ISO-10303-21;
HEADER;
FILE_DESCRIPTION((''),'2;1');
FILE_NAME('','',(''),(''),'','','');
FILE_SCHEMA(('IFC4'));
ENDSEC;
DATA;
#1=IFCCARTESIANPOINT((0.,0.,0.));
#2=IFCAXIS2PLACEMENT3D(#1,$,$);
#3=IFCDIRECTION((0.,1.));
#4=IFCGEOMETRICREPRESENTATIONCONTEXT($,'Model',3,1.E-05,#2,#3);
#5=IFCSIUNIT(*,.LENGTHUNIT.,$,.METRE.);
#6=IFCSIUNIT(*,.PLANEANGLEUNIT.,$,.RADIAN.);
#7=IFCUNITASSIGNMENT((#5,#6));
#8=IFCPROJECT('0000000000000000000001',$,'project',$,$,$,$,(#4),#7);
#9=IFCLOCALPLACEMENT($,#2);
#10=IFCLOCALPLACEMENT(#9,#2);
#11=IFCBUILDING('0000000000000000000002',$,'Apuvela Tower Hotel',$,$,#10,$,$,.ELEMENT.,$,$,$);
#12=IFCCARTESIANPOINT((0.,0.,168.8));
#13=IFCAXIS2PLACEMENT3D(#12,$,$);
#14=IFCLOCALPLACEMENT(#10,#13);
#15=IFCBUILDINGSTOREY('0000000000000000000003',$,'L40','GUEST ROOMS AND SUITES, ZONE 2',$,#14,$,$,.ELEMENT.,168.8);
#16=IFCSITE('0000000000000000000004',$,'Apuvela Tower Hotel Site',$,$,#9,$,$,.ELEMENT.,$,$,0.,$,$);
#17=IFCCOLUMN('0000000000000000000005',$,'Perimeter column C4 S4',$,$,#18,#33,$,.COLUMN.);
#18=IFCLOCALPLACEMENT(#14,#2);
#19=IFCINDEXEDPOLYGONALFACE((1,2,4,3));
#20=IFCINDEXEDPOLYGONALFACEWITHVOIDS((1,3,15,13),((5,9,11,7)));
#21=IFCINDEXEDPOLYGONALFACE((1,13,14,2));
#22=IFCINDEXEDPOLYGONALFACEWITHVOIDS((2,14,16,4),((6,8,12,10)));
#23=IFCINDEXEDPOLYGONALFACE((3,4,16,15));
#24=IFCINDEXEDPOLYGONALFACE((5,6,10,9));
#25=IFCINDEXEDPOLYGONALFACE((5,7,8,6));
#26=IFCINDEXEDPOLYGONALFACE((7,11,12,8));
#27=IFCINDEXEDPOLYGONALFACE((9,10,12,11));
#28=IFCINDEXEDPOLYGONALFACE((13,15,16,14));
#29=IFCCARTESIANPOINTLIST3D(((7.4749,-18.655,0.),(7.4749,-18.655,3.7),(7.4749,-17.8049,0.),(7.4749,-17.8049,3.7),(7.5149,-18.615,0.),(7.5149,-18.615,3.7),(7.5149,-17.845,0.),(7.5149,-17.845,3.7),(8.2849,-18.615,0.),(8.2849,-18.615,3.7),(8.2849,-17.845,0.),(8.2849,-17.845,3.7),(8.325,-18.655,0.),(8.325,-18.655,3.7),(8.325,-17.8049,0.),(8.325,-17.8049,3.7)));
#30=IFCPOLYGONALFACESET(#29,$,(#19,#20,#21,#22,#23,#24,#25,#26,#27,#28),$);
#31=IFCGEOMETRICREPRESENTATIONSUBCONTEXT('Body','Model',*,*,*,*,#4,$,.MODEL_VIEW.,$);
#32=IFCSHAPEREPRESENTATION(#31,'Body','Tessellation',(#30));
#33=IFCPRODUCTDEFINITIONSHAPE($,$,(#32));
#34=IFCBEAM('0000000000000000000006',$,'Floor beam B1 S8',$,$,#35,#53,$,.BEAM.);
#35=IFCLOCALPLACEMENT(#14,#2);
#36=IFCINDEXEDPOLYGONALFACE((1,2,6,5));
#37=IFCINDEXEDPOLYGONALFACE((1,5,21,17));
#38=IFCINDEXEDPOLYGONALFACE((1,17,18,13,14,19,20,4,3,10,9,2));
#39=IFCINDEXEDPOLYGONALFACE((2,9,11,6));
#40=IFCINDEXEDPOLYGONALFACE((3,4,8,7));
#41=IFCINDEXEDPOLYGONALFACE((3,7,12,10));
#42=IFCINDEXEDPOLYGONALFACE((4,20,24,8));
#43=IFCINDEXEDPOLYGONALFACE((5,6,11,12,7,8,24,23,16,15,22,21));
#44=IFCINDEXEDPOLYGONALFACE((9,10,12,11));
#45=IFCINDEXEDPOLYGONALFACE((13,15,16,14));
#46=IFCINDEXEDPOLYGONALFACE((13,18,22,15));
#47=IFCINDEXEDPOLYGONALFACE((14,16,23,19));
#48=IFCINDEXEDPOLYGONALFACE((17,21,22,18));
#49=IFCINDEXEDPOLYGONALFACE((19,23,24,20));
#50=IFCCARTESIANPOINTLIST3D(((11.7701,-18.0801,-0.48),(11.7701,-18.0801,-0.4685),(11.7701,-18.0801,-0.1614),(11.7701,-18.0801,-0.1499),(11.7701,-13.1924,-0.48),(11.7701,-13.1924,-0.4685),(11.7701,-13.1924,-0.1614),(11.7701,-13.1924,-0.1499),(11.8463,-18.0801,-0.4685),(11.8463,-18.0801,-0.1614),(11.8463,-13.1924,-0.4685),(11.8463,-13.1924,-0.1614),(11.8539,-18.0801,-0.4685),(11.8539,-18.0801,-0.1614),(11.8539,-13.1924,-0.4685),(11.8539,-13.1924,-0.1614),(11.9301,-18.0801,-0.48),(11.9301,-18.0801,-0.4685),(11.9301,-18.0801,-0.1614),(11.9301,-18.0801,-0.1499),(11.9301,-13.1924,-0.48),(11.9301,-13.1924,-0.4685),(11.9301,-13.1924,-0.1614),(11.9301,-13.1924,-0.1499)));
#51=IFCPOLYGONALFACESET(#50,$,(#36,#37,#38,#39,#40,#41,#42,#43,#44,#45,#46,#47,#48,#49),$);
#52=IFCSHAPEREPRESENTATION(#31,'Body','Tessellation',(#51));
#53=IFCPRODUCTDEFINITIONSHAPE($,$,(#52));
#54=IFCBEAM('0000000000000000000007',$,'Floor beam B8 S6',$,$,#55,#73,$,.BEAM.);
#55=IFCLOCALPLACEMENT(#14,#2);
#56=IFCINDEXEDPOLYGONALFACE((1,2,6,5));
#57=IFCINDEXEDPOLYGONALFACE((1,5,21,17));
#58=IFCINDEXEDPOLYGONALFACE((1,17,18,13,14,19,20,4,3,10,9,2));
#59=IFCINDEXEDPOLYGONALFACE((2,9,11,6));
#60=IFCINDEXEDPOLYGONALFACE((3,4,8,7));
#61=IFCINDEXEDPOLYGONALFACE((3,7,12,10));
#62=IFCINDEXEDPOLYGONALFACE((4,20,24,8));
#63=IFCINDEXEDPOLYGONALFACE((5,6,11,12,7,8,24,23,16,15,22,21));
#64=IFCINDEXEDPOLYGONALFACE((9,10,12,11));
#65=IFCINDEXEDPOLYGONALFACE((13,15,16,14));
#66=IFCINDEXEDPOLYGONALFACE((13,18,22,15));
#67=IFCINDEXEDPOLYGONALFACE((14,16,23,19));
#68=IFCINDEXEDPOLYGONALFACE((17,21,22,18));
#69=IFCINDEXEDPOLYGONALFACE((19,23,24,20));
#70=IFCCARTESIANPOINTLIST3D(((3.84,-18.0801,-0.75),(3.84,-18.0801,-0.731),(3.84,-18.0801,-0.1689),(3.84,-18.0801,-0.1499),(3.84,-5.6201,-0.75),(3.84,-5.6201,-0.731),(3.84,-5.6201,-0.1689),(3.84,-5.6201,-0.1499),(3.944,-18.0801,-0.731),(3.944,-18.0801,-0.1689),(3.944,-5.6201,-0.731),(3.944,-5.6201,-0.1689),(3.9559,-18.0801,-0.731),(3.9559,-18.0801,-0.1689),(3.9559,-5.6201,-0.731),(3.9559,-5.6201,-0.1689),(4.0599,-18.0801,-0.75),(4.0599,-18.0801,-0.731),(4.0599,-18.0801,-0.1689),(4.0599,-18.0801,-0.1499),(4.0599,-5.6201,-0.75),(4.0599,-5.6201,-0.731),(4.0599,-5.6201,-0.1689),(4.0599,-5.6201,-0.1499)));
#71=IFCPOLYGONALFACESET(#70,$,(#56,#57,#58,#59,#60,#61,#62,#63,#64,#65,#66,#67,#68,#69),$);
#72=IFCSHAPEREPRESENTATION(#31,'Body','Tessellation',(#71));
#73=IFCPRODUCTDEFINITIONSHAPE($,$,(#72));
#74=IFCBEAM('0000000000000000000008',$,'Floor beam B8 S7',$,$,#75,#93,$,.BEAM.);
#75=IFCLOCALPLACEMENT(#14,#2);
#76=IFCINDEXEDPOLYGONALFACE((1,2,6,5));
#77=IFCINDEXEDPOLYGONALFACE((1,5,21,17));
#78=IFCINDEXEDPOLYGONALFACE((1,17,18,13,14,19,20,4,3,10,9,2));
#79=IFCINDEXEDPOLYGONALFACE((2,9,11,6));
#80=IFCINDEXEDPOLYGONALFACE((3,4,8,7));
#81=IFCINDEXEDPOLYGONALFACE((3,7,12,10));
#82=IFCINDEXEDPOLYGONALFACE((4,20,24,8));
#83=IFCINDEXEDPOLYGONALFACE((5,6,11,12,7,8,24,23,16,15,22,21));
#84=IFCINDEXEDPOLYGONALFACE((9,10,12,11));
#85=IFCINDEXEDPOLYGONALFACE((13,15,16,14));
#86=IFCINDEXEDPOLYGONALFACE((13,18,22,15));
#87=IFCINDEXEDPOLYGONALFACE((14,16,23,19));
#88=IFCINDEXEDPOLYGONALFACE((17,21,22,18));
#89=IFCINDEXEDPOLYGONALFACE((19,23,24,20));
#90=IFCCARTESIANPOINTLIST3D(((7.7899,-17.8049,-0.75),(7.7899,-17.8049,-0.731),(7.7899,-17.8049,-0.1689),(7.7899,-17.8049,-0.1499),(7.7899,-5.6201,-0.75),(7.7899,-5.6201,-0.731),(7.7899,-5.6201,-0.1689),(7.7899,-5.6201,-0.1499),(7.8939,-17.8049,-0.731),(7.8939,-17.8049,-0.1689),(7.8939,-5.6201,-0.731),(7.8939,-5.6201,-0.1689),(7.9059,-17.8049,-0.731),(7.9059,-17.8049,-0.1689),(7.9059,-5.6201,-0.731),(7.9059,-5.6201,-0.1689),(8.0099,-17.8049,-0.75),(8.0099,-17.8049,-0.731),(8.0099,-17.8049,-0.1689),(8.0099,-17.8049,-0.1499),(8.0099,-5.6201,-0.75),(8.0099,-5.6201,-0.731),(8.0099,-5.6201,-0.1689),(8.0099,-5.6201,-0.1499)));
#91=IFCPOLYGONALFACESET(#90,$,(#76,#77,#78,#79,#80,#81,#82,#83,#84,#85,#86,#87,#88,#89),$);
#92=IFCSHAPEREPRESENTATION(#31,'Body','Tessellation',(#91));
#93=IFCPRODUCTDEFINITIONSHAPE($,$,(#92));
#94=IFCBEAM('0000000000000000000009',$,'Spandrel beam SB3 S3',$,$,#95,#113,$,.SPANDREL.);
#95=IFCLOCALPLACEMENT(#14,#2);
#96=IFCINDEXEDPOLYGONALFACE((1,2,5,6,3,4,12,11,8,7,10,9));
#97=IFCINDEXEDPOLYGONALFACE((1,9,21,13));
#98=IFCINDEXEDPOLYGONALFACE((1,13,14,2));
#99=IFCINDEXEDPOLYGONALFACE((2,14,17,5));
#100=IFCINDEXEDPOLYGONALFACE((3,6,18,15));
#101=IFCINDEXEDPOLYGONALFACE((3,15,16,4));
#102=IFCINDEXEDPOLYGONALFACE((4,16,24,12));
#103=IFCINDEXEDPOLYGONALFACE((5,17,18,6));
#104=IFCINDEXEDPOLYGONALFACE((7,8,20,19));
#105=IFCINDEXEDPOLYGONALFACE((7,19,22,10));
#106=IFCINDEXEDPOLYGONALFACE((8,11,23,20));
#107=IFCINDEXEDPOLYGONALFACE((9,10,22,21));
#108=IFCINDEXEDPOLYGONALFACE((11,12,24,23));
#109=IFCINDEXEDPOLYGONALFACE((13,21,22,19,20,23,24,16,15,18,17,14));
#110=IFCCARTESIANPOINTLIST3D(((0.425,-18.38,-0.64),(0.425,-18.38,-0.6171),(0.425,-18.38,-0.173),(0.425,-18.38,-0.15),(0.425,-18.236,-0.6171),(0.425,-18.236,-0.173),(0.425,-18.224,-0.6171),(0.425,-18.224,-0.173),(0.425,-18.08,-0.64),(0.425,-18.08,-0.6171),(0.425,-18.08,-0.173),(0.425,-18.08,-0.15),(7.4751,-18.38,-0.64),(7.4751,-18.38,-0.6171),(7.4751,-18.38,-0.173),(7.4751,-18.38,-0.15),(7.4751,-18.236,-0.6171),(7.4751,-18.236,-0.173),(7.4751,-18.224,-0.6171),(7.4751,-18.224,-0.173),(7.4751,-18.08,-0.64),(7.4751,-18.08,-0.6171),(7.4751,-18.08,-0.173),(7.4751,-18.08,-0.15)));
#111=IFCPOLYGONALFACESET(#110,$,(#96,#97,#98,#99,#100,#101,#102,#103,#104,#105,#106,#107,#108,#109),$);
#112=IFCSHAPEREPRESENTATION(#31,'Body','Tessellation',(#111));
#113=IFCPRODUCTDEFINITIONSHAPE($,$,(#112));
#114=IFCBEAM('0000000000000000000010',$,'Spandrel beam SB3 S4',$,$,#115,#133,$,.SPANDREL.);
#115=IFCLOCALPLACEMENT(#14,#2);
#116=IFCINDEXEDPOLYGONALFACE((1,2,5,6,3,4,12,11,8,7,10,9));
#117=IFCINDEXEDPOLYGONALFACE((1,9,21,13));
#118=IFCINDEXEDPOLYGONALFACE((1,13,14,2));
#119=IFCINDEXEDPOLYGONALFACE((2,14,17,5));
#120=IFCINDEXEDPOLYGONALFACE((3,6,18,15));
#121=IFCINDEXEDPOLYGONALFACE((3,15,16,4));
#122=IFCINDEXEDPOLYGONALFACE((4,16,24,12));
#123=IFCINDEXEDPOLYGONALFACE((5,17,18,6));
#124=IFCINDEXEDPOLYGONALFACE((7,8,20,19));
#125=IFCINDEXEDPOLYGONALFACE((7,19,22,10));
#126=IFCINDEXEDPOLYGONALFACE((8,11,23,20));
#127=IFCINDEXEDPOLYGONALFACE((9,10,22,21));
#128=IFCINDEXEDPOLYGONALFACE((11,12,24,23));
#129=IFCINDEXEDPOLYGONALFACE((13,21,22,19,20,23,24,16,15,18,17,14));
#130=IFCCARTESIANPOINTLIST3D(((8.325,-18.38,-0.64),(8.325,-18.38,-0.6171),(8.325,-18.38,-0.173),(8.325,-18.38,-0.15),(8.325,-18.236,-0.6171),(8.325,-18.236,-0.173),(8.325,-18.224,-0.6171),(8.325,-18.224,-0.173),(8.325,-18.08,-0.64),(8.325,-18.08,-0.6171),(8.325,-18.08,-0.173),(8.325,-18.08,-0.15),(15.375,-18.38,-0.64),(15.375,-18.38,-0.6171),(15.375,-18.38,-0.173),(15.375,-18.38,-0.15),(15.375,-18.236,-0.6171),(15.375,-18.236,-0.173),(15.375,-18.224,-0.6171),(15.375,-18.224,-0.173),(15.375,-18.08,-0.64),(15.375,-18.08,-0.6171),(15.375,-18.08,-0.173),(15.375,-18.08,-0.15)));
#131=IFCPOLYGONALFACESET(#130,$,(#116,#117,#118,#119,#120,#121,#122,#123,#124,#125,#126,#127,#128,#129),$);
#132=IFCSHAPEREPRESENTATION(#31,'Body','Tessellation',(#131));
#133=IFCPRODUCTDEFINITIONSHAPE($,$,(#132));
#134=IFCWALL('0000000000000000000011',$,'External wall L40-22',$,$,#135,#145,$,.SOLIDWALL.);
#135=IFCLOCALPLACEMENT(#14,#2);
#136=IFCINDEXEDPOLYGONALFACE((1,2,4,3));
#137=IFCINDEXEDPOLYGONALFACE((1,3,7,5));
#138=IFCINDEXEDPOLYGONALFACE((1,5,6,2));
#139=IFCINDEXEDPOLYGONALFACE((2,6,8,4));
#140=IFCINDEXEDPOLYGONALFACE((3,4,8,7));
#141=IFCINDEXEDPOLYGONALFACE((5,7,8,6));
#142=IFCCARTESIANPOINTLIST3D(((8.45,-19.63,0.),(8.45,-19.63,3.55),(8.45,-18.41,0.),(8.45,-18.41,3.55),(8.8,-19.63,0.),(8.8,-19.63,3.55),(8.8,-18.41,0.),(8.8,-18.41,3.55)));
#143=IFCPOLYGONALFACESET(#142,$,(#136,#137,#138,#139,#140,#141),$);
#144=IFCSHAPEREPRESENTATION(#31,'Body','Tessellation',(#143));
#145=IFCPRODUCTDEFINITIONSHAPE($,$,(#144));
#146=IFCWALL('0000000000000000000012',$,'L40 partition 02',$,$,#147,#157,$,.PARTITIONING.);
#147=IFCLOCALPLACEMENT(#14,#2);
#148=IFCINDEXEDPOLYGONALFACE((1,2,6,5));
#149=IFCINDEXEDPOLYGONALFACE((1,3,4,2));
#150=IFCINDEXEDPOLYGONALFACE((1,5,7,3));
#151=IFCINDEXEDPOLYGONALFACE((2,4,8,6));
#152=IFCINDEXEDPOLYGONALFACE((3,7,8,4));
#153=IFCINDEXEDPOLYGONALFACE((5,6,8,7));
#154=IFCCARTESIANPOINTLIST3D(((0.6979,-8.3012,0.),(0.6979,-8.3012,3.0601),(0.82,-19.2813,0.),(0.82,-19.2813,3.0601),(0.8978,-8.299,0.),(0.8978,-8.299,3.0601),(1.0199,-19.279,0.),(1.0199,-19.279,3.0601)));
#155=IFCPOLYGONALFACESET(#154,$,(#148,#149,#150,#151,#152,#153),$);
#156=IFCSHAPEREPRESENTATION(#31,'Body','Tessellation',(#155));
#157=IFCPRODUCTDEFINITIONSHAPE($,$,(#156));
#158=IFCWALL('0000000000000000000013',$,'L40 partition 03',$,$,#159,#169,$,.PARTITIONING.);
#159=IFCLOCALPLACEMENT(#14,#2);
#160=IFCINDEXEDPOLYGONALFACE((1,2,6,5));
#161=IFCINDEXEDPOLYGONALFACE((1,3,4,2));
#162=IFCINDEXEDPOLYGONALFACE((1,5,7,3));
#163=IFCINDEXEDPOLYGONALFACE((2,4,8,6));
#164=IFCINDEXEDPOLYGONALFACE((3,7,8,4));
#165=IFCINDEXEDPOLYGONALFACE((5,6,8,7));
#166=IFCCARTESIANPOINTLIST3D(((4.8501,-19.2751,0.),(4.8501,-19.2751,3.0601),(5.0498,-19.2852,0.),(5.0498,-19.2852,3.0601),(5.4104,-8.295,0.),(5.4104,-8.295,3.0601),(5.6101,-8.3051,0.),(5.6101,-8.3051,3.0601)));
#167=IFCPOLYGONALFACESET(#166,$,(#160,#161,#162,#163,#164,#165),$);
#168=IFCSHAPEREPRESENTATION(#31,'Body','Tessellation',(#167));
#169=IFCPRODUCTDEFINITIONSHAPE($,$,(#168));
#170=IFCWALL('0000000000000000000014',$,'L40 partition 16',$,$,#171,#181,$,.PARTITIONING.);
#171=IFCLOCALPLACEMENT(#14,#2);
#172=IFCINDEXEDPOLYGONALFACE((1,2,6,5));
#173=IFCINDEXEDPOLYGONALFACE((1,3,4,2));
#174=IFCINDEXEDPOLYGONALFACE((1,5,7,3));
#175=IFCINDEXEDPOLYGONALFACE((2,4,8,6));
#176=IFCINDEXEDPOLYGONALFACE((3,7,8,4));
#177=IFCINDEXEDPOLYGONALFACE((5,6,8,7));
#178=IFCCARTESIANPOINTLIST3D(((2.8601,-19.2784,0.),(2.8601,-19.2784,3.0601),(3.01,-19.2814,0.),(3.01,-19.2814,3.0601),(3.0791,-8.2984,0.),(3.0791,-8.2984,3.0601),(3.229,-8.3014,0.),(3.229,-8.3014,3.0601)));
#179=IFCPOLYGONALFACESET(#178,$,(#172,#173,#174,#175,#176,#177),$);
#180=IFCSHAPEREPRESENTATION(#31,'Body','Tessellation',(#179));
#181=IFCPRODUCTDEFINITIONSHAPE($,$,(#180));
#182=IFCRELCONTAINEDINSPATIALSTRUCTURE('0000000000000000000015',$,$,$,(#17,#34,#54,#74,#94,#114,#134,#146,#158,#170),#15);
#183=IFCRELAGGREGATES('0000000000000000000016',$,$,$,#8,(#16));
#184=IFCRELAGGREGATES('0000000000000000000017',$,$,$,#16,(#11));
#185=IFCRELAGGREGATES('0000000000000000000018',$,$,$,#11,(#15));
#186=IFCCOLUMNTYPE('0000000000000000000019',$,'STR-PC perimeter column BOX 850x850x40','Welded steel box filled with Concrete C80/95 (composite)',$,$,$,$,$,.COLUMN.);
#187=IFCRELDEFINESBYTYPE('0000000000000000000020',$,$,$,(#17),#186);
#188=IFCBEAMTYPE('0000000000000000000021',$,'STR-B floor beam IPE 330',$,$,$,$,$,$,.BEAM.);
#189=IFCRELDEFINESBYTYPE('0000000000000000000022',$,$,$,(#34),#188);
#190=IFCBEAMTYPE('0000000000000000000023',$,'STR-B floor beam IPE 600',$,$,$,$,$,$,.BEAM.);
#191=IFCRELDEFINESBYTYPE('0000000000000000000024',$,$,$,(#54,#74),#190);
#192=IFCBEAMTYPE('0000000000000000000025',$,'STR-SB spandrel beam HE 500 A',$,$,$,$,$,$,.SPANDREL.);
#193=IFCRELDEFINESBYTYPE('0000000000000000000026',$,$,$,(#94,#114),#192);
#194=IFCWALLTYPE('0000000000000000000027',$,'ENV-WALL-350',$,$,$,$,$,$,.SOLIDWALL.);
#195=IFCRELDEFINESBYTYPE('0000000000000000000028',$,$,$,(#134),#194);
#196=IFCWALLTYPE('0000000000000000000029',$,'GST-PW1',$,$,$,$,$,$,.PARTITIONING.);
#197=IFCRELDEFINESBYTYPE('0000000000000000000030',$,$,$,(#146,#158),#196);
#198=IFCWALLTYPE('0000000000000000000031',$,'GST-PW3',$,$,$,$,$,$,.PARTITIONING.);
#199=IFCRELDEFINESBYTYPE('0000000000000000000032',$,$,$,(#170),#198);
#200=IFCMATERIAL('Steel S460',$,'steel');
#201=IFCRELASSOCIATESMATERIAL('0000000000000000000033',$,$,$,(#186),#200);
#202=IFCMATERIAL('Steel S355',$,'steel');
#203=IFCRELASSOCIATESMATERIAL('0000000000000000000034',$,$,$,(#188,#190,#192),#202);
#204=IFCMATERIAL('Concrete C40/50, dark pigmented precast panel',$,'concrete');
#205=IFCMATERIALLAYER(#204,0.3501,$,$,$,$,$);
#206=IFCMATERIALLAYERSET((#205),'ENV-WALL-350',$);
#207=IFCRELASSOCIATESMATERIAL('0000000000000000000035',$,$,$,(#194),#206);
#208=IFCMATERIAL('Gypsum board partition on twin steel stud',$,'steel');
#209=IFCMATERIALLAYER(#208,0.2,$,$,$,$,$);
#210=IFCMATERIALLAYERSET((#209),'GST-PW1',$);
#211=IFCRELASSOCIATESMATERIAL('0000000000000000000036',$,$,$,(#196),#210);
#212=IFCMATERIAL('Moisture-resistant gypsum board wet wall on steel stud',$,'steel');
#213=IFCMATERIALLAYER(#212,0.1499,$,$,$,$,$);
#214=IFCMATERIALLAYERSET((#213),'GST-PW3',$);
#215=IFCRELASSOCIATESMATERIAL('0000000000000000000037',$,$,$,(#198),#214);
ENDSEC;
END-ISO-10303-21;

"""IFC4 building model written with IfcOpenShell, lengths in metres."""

from ifc_helpers import new_model, si_unit, direction, frame, frame_2d, origin, origin_2d, place, context, subcontext, project, spatial, rectangle, hollow_rectangle, i_section, extrude, material, layer, layer_set, material_profile, profile_set, type_object, element, save


model = new_model("IFC4")

# Units and contexts
model_context = context("Model", 3, precision=1e-05, world=origin(), true_north=direction((0.0, 1.0)))
body_context = subcontext(model_context, "Body", "Model", "MODEL_VIEW")
ifc_project = project(units=[si_unit("LENGTHUNIT", "METRE"), si_unit("PLANEANGLEUNIT", "RADIAN")], contexts=[model_context])

# Site, building, storey
site_placement = place(None, origin())
site = spatial("IfcSite", under=ifc_project, at=site_placement, Name="Apuvela Tower Hotel Site", CompositionType="ELEMENT", RefElevation=0.0)
building_placement = place(site_placement, origin())
building = spatial("IfcBuilding", under=site, at=building_placement, Name="Apuvela Tower Hotel", CompositionType="ELEMENT")
storey_placement = place(building_placement, frame((0.0, 0.0, 168.8)))
storey = spatial("IfcBuildingStorey", under=building, at=storey_placement, Name="L40", Description="GUEST ROOMS AND SUITES, ZONE 2", CompositionType="ELEMENT", Elevation=168.8)

# Column
ifc_material_1 = material(Name="Steel S460", Category="steel")
ifc_material_profile_1 = material_profile(ifc_material_1, hollow_rectangle(XDim=0.8501, YDim=0.8501, WallThickness=0.04, at=origin_2d()), Name="BOX 850x850x40")
ifc_material_2 = material(Name="Concrete C80/95", Category="concrete")
ifc_material_profile_2 = material_profile(ifc_material_2, rectangle(XDim=0.77, YDim=0.77, at=origin_2d()), Name="Concrete C80/95 infill")
ifc_profile_set_1 = profile_set([ifc_material_profile_1, ifc_material_profile_2], Name="Steel S460")
column_type = type_object("IfcColumnType", Name="STR-PC perimeter column BOX 850x850x40", Description="Welded steel box filled with Concrete C80/95 (composite)", PredefinedType="COLUMN", material=ifc_profile_set_1)
column_placement = place(storey_placement, frame((7.8999, -18.23, 0.0), z_axis=(0.0, 0.0, 1.0), x_axis=(-1.0, 0.0, 0.0)))
element("IfcColumn", 1, at=column_placement, inside=storey, type_object=column_type, Name="Perimeter column C4 S4", PredefinedType="COLUMN", context=body_context, shape_type="SweptSolid", body=[
    extrude(hollow_rectangle(XDim=0.8501, YDim=0.8501, WallThickness=0.04, at=origin_2d()), origin(), (0.0, 0.0, 1.0), 3.7),
])

# Beams
ifc_material_3 = material(Name="Steel S355", Category="steel")
ifc_material_profile_3 = material_profile(ifc_material_3, i_section(OverallWidth=0.1599, OverallDepth=0.3301, WebThickness=0.0076, FlangeThickness=0.0115, at=origin_2d()), Name="IPE 330")
ifc_profile_set_2 = profile_set([ifc_material_profile_3], Name="Steel S355")
beam_type_1 = type_object("IfcBeamType", Name="STR-B floor beam IPE 330", PredefinedType="BEAM", material=ifc_profile_set_2)
beam_1_placement = place(storey_placement, frame((11.8501, -18.0801, -0.3149), z_axis=(0.0, 1.0, 0.0), x_axis=(-1.0, 0.0, 0.0)))
element("IfcBeam", 2, at=beam_1_placement, inside=storey, type_object=beam_type_1, Name="Floor beam B1 S8", PredefinedType="BEAM", context=body_context, shape_type="SweptSolid", body=[
    extrude(i_section(OverallWidth=0.1599, OverallDepth=0.3301, WebThickness=0.0076, FlangeThickness=0.0115, at=origin_2d()), origin(), (0.0, 0.0, 1.0), 4.8877),
])
ifc_material_profile_4 = material_profile(ifc_material_3, i_section(OverallWidth=0.22, OverallDepth=0.6001, WebThickness=0.012, FlangeThickness=0.019, at=origin_2d()), Name="IPE 600")
ifc_profile_set_3 = profile_set([ifc_material_profile_4], Name="Steel S355")
beam_type_2 = type_object("IfcBeamType", Name="STR-B floor beam IPE 600", PredefinedType="BEAM", material=ifc_profile_set_3)
beam_2_placement = place(storey_placement, frame((3.95, -18.0801, -0.45), z_axis=(0.0, 1.0, 0.0), x_axis=(-1.0, 0.0, 0.0)))
element("IfcBeam", 3, at=beam_2_placement, inside=storey, type_object=beam_type_2, Name="Floor beam B8 S6", PredefinedType="BEAM", context=body_context, shape_type="SweptSolid", body=[
    extrude(i_section(OverallWidth=0.22, OverallDepth=0.6001, WebThickness=0.012, FlangeThickness=0.019, at=origin_2d()), origin(), (0.0, 0.0, 1.0), 12.46),
])
beam_3_placement = place(storey_placement, frame((7.8999, -17.8049, -0.45), z_axis=(0.0, 1.0, 0.0), x_axis=(-1.0, 0.0, 0.0)))
element("IfcBeam", 4, at=beam_3_placement, inside=storey, type_object=beam_type_2, Name="Floor beam B8 S7", PredefinedType="BEAM", context=body_context, shape_type="SweptSolid", body=[
    extrude(i_section(OverallWidth=0.22, OverallDepth=0.6001, WebThickness=0.012, FlangeThickness=0.019, at=origin_2d()), origin(), (0.0, 0.0, 1.0), 12.1848),
])
ifc_material_profile_5 = material_profile(ifc_material_3, i_section(OverallWidth=0.3, OverallDepth=0.49, WebThickness=0.012, FlangeThickness=0.0229, at=origin_2d()), Name="HE 500 A")
ifc_profile_set_4 = profile_set([ifc_material_profile_5], Name="Steel S355")
beam_type_3 = type_object("IfcBeamType", Name="STR-SB spandrel beam HE 500 A", PredefinedType="SPANDREL", material=ifc_profile_set_4)
for number, where, z_axis, x_axis, name in (
    (5, (0.425, -18.23, -0.395), (1.0, 0.0, 0.0), (0.0, 1.0, 0.0), "Spandrel beam SB3 S3"),
    (6, (8.325, -18.23, -0.395), (1.0, 0.0, 0.0), (0.0, 1.0, 0.0), "Spandrel beam SB3 S4"),
):
    element("IfcBeam", number, at=place(storey_placement, frame(where, z_axis=z_axis, x_axis=x_axis)), inside=storey, type_object=beam_type_3, Name=name, PredefinedType="SPANDREL", context=body_context, shape_type="SweptSolid", body=[
        extrude(i_section(OverallWidth=0.3, OverallDepth=0.49, WebThickness=0.012, FlangeThickness=0.0229, at=origin_2d()), origin(), (0.0, 0.0, 1.0), 7.05),
    ])

# Wall
ifc_material_4 = material(Name="Concrete C40/50, dark pigmented precast panel", Category="concrete")
ifc_layer_1 = layer(ifc_material_4, 0.3501)
ifc_layer_set_1 = layer_set([ifc_layer_1], Name="ENV-WALL-350")
wall_type_1 = type_object("IfcWallType", Name="ENV-WALL-350", PredefinedType="SOLIDWALL", material=ifc_layer_set_1)
wall_1_placement = place(storey_placement, frame((8.625, -19.6299, 0.0), z_axis=(0.0, 0.0, 1.0), x_axis=(0.0, 1.0, 0.0)))
element("IfcWall", 7, at=wall_1_placement, inside=storey, type_object=wall_type_1, Name="External wall L40-22", PredefinedType="SOLIDWALL", context=body_context, shape_type="SweptSolid", body=[
    extrude(rectangle(XDim=1.22, YDim=0.3501, at=frame_2d((0.6099, 0.0))), origin(), (0.0, 0.0, 1.0), 3.55),
])

# Walls
ifc_material_5 = material(Name="Gypsum board partition on twin steel stud", Category="steel")
ifc_layer_2 = layer(ifc_material_5, 0.2)
ifc_layer_set_2 = layer_set([ifc_layer_2], Name="GST-PW1")
wall_type_2 = type_object("IfcWallType", Name="GST-PW1", PredefinedType="PARTITIONING", material=ifc_layer_set_2)
wall_2_placement = place(storey_placement, frame((0.9199, -19.28, 0.0), z_axis=(0.0, 0.0, 1.0), x_axis=(-0.011117, 0.999938, 0.0)))
element("IfcWall", 8, at=wall_2_placement, inside=storey, type_object=wall_type_2, Name="L40 partition 02", PredefinedType="PARTITIONING", context=body_context, shape_type="SweptSolid", body=[
    extrude(rectangle(XDim=10.9807, YDim=0.2, at=frame_2d((5.4902, 0.0))), origin(), (0.0, 0.0, 1.0), 3.0601),
])
wall_3_placement = place(storey_placement, frame((4.95, -19.28, 0.0), z_axis=(0.0, 0.0, 1.0), x_axis=(0.050963, 0.998701, 0.0)))
element("IfcWall", 9, at=wall_3_placement, inside=storey, type_object=wall_type_2, Name="L40 partition 03", PredefinedType="PARTITIONING", context=body_context, shape_type="SweptSolid", body=[
    extrude(rectangle(XDim=10.9944, YDim=0.2, at=frame_2d((5.4971, 0.0))), origin(), (0.0, 0.0, 1.0), 3.0601),
])
ifc_material_6 = material(Name="Moisture-resistant gypsum board wet wall on steel stud", Category="steel")
ifc_layer_3 = layer(ifc_material_6, 0.1499)
ifc_layer_set_3 = layer_set([ifc_layer_3], Name="GST-PW3")
wall_type_3 = type_object("IfcWallType", Name="GST-PW3", PredefinedType="PARTITIONING", material=ifc_layer_set_3)
wall_4_placement = place(storey_placement, frame((2.9351, -19.28, 0.0), z_axis=(0.0, 0.0, 1.0), x_axis=(0.019941, 0.999801, 0.0)))
element("IfcWall", 10, at=wall_4_placement, inside=storey, type_object=wall_type_3, Name="L40 partition 16", PredefinedType="PARTITIONING", context=body_context, shape_type="SweptSolid", body=[
    extrude(rectangle(XDim=10.9822, YDim=0.1499, at=frame_2d((5.4912, 0.0))), origin(), (0.0, 0.0, 1.0), 3.0601),
])

save(model, "model.ifc")
